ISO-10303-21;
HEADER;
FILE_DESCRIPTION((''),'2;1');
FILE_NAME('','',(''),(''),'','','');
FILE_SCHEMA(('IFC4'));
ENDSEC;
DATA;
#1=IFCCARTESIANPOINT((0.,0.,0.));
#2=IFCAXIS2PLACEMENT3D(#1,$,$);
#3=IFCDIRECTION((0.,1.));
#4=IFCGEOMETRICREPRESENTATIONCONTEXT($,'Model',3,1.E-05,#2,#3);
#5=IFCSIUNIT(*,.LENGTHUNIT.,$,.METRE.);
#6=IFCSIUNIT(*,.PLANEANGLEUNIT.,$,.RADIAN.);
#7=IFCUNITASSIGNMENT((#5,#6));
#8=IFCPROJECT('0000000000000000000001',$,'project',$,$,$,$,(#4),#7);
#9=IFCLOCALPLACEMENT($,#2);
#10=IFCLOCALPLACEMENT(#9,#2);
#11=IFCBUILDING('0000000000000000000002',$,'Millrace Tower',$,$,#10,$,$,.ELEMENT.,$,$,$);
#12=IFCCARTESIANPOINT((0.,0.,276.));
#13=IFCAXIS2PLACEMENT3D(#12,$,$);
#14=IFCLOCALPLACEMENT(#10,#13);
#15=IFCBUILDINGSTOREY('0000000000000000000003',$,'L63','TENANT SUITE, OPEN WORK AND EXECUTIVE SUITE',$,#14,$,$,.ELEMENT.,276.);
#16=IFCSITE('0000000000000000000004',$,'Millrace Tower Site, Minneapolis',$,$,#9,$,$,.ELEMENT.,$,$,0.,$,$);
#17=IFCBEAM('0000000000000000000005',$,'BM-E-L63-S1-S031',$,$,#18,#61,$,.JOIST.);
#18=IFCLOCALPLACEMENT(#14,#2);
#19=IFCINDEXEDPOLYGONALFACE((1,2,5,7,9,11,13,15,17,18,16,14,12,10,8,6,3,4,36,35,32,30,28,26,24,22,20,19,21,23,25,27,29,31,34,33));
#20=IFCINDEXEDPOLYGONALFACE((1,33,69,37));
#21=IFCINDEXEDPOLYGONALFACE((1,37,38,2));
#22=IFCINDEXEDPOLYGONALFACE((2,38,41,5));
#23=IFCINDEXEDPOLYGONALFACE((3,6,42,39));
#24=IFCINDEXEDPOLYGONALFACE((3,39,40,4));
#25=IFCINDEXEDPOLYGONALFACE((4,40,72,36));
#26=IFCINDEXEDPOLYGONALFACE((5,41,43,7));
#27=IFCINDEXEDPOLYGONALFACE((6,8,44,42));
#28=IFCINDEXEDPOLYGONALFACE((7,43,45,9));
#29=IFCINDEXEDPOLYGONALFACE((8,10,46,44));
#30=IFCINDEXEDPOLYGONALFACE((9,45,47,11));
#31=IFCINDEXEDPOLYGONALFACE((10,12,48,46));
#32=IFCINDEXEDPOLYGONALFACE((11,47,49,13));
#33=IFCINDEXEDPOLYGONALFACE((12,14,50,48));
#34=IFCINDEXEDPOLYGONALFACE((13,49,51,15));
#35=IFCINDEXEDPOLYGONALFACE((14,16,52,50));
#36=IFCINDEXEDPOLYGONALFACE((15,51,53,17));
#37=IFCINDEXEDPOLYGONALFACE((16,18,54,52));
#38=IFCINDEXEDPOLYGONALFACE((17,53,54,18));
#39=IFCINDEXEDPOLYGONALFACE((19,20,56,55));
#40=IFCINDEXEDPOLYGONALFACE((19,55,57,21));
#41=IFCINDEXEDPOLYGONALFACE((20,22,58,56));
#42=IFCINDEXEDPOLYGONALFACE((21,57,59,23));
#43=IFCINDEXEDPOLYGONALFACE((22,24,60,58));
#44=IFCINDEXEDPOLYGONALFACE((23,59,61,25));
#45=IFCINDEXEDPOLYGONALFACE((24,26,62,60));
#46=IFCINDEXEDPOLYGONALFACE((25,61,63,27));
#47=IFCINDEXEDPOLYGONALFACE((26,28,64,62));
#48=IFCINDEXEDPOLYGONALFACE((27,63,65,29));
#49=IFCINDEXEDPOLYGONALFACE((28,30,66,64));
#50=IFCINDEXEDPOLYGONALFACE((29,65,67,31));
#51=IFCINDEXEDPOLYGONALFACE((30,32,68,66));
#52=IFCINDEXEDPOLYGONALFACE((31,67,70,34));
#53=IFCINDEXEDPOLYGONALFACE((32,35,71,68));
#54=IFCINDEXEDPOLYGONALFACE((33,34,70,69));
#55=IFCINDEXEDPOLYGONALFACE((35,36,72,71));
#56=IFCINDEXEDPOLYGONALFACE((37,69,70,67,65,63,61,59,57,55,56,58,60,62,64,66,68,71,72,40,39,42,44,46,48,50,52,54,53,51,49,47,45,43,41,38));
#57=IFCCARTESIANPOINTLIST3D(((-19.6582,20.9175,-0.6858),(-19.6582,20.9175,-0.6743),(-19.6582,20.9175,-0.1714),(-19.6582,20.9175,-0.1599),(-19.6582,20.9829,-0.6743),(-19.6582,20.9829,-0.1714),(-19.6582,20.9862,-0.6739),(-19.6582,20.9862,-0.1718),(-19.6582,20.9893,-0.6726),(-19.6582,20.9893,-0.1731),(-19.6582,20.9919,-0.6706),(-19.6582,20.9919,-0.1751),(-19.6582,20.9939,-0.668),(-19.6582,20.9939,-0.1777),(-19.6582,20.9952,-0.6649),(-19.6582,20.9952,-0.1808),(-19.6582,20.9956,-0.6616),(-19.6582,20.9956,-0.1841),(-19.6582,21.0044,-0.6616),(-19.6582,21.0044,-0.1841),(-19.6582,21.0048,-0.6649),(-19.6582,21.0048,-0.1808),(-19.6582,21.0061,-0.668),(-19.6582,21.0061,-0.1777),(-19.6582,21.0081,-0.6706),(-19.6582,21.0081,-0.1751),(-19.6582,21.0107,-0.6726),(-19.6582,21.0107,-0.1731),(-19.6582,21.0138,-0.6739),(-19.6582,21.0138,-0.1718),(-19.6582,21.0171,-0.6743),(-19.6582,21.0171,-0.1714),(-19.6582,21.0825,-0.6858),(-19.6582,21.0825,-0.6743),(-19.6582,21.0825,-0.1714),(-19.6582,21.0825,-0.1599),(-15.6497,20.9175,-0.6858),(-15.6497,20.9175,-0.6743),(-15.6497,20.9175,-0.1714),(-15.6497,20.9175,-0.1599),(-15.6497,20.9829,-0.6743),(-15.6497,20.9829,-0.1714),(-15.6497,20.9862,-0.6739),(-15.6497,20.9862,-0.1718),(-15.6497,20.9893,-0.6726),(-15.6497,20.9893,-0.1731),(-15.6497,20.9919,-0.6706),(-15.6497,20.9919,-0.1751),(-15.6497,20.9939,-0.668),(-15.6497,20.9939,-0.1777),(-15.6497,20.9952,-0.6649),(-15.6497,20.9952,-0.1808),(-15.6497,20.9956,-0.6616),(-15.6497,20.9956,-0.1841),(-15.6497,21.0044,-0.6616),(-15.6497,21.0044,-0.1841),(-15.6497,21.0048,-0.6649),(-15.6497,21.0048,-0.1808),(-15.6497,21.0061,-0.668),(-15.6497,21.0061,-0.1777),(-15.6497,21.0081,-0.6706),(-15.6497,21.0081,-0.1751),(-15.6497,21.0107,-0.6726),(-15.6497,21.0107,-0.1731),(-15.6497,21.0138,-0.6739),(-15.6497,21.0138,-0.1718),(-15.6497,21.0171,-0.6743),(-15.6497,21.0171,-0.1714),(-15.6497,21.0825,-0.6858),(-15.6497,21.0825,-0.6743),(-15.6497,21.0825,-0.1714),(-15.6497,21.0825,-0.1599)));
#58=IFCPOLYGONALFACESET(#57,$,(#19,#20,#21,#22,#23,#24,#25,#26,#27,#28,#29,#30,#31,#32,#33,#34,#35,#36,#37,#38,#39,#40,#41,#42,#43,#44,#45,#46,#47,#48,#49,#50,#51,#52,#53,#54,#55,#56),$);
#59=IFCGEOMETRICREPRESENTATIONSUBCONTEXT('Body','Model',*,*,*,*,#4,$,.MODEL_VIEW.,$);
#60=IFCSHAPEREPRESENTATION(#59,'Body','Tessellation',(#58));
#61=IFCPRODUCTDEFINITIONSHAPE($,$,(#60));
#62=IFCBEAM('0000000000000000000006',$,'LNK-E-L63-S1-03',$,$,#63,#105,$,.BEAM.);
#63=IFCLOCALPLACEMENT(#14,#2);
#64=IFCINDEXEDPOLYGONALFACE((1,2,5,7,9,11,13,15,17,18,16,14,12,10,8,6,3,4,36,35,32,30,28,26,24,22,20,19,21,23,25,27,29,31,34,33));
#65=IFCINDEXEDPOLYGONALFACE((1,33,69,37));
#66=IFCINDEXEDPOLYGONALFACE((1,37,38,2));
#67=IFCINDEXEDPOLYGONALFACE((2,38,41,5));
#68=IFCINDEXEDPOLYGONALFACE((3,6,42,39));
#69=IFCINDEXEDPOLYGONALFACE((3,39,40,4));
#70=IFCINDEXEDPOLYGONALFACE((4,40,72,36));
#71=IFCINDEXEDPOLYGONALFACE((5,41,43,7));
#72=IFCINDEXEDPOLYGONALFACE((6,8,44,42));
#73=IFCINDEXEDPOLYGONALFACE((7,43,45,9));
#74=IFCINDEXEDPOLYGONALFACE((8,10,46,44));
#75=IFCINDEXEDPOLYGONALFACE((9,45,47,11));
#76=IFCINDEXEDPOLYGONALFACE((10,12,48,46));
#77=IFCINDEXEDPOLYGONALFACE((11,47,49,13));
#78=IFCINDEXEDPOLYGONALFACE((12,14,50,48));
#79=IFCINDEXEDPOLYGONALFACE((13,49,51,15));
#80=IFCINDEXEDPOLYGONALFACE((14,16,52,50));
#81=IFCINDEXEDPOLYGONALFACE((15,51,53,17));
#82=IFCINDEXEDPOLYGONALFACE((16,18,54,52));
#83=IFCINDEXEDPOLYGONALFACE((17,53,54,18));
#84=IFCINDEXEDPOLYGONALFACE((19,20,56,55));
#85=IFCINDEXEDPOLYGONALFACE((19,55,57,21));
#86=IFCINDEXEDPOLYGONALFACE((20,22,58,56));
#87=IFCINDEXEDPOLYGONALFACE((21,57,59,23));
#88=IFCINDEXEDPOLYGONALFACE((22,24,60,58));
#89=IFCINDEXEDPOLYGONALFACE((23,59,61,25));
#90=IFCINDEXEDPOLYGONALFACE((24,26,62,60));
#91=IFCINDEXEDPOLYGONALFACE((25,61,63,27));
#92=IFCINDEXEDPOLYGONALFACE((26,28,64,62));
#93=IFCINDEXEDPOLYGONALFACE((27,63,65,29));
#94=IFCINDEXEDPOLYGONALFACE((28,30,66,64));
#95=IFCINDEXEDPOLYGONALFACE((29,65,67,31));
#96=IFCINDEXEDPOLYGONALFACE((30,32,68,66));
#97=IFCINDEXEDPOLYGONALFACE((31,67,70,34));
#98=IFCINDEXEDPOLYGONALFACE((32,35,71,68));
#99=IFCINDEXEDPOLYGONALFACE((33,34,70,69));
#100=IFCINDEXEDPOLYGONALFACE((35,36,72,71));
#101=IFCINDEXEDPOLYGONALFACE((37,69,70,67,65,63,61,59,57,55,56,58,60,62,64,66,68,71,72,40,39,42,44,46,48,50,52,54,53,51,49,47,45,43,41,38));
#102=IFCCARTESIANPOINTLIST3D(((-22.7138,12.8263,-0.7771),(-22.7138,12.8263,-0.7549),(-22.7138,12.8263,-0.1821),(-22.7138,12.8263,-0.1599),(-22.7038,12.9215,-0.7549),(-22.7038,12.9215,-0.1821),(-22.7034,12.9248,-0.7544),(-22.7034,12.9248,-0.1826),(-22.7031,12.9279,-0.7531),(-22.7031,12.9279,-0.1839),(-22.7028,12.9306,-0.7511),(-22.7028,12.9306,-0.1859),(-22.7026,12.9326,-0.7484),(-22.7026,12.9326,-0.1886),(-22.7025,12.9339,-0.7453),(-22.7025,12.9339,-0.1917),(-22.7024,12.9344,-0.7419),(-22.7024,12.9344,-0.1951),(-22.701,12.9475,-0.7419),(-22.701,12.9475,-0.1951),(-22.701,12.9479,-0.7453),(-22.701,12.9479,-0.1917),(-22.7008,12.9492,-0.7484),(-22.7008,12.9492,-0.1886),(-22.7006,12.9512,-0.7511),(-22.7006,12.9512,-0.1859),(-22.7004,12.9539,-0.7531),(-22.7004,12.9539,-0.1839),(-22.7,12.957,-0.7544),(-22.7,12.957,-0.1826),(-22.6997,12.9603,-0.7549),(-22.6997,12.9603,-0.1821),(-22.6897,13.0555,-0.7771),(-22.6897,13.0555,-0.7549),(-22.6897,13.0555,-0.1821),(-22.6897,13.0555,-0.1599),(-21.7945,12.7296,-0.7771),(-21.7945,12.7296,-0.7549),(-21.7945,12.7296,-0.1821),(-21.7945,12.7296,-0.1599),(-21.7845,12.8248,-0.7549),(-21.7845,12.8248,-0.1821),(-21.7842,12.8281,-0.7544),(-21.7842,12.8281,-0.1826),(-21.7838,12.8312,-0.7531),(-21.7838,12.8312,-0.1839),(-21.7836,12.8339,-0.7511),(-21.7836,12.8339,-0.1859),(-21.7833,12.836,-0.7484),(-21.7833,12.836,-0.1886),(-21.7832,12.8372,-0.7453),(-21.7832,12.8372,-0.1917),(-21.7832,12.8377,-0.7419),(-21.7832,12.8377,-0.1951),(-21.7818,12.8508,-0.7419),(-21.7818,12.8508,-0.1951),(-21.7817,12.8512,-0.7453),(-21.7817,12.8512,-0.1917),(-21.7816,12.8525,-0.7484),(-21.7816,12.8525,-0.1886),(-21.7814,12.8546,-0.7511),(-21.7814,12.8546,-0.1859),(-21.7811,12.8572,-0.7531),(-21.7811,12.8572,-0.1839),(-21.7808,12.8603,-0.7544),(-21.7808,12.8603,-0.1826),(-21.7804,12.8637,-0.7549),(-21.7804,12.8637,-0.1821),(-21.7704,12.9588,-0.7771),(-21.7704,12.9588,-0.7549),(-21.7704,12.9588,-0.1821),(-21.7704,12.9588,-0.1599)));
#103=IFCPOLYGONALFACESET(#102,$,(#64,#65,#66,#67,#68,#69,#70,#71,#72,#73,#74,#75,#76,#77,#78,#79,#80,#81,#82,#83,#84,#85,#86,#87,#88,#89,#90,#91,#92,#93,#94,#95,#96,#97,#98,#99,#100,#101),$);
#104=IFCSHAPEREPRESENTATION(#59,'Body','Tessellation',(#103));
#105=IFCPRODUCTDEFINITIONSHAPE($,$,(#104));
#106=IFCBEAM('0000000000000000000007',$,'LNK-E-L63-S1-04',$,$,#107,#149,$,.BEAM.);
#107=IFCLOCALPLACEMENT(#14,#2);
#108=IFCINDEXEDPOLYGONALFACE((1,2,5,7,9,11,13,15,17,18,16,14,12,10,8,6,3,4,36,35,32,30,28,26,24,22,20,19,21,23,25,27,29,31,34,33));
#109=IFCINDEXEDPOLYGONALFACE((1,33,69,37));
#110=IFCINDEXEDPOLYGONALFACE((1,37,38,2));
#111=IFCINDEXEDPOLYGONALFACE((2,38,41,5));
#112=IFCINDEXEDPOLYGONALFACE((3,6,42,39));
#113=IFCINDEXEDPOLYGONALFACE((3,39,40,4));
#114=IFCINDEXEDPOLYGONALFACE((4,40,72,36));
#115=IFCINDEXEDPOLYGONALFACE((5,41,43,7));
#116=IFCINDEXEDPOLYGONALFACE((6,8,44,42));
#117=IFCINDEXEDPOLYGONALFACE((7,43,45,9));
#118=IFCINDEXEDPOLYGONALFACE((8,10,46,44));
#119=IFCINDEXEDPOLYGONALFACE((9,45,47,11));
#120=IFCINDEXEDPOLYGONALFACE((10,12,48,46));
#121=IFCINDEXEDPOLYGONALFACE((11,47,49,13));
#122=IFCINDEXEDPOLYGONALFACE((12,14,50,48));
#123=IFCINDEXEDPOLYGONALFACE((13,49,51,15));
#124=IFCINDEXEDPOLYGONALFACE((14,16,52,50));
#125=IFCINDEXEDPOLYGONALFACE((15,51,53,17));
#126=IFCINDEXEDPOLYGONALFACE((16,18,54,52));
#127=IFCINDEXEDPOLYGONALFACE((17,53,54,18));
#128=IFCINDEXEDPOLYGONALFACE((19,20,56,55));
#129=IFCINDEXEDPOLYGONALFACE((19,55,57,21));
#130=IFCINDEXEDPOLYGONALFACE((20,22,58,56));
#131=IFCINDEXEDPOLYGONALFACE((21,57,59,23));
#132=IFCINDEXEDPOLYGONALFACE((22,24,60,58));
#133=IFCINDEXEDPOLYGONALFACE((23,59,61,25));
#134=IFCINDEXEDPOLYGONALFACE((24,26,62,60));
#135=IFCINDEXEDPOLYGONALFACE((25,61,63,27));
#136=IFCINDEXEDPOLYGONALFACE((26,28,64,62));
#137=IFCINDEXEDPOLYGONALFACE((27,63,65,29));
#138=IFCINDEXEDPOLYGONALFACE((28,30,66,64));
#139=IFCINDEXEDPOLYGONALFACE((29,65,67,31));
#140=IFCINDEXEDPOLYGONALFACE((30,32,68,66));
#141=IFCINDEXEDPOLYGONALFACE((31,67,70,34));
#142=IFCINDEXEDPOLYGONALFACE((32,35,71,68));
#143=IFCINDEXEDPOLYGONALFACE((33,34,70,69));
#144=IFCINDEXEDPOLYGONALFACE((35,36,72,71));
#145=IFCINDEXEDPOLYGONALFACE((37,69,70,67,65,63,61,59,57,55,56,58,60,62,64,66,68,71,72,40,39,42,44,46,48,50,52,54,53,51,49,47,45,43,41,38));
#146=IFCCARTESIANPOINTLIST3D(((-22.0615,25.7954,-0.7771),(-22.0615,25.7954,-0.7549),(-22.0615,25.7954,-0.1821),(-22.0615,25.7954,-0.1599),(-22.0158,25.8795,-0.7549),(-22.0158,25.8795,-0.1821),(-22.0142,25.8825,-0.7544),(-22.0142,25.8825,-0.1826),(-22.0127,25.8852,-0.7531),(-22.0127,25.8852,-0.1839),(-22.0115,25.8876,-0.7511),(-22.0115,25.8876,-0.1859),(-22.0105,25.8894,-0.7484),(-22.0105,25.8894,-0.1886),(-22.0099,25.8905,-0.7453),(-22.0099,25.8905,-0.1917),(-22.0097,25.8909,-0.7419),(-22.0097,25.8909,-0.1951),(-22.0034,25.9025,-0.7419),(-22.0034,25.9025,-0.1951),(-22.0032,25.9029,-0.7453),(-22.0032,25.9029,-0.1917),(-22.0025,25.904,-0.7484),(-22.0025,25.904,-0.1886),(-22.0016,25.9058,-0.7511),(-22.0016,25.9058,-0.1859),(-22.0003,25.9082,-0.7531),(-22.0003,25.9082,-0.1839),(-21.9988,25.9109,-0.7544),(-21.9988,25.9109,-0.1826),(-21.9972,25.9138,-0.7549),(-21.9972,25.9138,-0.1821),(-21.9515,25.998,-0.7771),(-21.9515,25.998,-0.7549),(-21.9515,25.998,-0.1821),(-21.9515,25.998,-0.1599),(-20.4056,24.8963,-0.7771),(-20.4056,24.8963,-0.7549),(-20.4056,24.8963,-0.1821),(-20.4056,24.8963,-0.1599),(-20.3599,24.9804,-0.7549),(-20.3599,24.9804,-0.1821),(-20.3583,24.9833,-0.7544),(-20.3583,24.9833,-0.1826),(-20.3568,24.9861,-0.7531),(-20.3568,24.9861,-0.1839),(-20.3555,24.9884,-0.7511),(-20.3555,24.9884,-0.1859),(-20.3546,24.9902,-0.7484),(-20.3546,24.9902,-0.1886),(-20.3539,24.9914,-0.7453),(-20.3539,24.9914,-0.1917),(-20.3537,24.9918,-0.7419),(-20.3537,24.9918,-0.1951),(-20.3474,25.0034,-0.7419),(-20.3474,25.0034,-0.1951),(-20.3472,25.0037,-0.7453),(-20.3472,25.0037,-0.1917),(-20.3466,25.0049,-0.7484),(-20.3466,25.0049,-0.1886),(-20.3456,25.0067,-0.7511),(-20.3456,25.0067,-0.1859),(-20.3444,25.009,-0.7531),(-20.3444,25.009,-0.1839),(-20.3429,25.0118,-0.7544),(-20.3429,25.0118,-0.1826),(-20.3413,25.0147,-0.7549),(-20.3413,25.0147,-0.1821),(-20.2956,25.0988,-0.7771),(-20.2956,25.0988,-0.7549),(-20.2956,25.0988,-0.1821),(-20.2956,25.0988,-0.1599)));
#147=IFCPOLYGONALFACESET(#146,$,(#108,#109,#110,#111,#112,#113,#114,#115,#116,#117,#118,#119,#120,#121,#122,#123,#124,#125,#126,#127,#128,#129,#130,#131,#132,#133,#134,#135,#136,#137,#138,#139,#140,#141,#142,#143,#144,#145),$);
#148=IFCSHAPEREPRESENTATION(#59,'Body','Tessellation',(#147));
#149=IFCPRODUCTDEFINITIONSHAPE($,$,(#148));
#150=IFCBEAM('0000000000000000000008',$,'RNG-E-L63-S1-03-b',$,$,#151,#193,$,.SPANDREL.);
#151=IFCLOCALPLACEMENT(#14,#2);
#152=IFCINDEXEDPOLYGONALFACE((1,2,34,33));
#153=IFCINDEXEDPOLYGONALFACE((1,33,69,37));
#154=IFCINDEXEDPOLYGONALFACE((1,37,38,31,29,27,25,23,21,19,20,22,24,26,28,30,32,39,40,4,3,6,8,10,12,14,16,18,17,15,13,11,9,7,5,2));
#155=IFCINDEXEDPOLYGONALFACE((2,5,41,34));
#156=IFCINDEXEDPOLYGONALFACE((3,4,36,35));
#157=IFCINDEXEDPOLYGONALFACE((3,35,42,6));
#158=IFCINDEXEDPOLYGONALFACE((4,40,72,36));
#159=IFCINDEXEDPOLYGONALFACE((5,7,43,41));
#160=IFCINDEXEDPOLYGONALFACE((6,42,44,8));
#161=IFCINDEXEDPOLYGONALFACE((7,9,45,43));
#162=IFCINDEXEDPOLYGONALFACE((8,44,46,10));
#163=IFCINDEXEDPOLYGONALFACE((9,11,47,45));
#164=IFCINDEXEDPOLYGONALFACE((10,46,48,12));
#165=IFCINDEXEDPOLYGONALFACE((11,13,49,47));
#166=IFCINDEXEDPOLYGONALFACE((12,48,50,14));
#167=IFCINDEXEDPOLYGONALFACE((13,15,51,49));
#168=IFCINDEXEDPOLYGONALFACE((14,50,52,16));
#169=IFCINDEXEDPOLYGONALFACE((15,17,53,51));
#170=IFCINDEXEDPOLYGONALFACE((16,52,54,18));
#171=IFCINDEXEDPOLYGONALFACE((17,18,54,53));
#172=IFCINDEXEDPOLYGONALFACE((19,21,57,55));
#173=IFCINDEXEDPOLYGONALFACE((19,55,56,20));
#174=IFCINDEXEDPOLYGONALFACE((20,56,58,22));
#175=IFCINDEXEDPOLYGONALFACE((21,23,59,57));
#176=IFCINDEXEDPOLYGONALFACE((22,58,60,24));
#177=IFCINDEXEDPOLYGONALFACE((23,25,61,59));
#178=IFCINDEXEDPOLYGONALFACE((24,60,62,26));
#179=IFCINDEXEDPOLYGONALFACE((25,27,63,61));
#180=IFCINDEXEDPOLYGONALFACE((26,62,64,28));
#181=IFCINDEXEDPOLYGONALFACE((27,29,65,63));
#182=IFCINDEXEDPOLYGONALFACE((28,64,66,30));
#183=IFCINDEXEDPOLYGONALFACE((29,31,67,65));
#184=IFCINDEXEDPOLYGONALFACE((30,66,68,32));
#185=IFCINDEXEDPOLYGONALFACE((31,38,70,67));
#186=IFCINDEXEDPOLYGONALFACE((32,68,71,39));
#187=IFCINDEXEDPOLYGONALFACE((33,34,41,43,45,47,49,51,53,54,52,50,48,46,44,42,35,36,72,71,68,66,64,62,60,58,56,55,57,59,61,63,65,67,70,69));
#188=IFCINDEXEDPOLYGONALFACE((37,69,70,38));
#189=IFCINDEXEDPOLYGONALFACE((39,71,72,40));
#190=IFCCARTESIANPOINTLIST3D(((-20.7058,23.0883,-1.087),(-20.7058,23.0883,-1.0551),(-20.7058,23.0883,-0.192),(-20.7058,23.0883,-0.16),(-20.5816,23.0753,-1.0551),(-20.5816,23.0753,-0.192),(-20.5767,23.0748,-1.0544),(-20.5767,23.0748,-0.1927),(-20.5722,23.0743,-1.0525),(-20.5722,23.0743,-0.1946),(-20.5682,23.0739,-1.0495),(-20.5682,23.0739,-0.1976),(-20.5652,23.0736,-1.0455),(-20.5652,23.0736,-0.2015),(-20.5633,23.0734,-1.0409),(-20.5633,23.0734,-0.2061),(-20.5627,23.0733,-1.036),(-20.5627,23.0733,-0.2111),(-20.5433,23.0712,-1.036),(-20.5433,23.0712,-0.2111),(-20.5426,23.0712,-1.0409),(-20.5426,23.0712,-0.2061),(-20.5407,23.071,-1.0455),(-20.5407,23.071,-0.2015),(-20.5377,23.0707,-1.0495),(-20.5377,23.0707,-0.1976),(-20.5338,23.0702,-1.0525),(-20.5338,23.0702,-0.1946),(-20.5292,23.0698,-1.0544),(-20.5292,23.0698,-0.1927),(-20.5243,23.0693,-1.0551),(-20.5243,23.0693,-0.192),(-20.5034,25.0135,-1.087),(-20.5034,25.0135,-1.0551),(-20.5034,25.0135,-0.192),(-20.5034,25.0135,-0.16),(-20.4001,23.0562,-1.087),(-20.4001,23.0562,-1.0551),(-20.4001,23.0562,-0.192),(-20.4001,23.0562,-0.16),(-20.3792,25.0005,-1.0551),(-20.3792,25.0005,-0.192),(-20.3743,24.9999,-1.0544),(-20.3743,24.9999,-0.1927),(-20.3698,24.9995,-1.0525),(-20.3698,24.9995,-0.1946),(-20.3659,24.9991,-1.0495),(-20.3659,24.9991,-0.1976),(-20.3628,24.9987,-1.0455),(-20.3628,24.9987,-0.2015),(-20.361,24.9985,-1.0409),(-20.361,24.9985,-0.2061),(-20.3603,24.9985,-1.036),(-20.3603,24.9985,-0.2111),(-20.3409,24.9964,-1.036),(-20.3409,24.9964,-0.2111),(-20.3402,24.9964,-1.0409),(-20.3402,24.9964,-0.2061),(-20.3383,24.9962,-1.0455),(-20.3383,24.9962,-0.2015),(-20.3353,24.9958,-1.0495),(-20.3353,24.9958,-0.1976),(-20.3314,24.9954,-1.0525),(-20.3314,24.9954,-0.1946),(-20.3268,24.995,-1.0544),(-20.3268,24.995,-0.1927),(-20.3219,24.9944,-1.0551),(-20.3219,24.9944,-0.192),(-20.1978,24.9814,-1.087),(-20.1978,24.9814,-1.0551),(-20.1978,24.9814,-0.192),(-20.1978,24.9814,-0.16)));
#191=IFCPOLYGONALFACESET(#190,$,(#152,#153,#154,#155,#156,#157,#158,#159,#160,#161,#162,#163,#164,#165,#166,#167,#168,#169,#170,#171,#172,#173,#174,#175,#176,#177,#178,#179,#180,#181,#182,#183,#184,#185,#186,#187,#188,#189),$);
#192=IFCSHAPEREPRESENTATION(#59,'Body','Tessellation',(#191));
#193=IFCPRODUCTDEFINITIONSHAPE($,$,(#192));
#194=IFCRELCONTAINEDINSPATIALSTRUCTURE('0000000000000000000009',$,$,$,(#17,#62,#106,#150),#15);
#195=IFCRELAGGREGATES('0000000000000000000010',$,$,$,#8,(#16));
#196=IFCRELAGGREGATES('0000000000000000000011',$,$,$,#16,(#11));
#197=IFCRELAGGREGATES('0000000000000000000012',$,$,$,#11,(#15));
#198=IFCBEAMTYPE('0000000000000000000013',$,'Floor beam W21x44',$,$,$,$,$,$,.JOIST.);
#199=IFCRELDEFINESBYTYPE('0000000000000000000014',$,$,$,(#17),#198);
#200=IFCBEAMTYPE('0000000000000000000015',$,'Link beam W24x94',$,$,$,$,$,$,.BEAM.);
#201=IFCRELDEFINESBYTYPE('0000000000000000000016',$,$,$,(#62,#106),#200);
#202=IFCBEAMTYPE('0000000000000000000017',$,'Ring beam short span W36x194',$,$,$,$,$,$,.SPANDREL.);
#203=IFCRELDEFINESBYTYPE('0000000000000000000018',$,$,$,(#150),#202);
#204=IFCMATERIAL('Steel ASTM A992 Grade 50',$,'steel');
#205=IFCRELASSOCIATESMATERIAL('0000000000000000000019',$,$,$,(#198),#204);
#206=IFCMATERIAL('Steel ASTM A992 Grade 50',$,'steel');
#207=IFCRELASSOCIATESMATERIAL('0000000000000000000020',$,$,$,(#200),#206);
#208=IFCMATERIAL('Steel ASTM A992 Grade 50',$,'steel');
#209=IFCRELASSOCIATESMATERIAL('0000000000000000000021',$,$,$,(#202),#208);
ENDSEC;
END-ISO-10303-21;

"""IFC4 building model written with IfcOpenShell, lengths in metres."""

from ifc_helpers import new_model, si_unit, direction, frame, origin, origin_2d, place, context, subcontext, project, spatial, i_section, extrude, material, material_profile, profile_set, type_object, element, save


model = new_model("IFC4")

# Units and contexts
model_context = context("Model", 3, precision=1e-05, world=origin(), true_north=direction((0.0, 1.0)))
body_context = subcontext(model_context, "Body", "Model", "MODEL_VIEW")
ifc_project = project(units=[si_unit("LENGTHUNIT", "METRE"), si_unit("PLANEANGLEUNIT", "RADIAN")], contexts=[model_context])

# Site, building, storey
site_placement = place(None, origin())
site = spatial("IfcSite", under=ifc_project, at=site_placement, Name="Millrace Tower Site, Minneapolis", CompositionType="ELEMENT", RefElevation=0.0)
building_placement = place(site_placement, origin())
building = spatial("IfcBuilding", under=site, at=building_placement, Name="Millrace Tower", CompositionType="ELEMENT")
storey_placement = place(building_placement, frame((0.0, 0.0, 276.0)))
storey = spatial("IfcBuildingStorey", under=building, at=storey_placement, Name="L63", Description="TENANT SUITE, OPEN WORK AND EXECUTIVE SUITE", CompositionType="ELEMENT", Elevation=276.0)

# Beams
ifc_material_1 = material(Name="Steel ASTM A992 Grade 50", Category="steel")
ifc_material_profile_1 = material_profile(ifc_material_1, i_section(OverallWidth=0.165, OverallDepth=0.5259, WebThickness=0.0088, FlangeThickness=0.0115, FilletRadius=0.0127, at=origin_2d()))
ifc_profile_set_1 = profile_set([ifc_material_profile_1], Name="Steel ASTM A992 Grade 50")
beam_type_1 = type_object("IfcBeamType", Name="Floor beam W21x44", PredefinedType="JOIST", material=ifc_profile_set_1)
beam_1_placement = place(storey_placement, frame((-19.6582, 21.0, -0.4229), z_axis=(1.0, 0.0, 0.0), x_axis=(0.0, 1.0, 0.0)))
element("IfcBeam", 1, at=beam_1_placement, inside=storey, type_object=beam_type_1, Name="BM-E-L63-S1-S031", PredefinedType="JOIST", context=body_context, shape_type="SweptSolid", body=[
    extrude(i_section(OverallWidth=0.165, OverallDepth=0.5259, WebThickness=0.0088, FlangeThickness=0.0115, FilletRadius=0.0127, at=origin_2d()), origin(), (0.0, 0.0, 1.0), 4.0085),
])
ifc_material_2 = material(Name="Steel ASTM A992 Grade 50", Category="steel")
ifc_material_profile_2 = material_profile(ifc_material_2, i_section(OverallWidth=0.2305, OverallDepth=0.6172, WebThickness=0.0132, FlangeThickness=0.0222, FilletRadius=0.0129, at=origin_2d()))
ifc_profile_set_2 = profile_set([ifc_material_profile_2], Name="Steel ASTM A992 Grade 50")
beam_type_2 = type_object("IfcBeamType", Name="Link beam W24x94", PredefinedType="BEAM", material=ifc_profile_set_2)
beam_2_placement = place(storey_placement, frame((-21.7825, 12.8442, -0.4685), z_axis=(-0.994514, 0.104602, 0.0), x_axis=(-0.104602, -0.994514, 0.0)))
element("IfcBeam", 2, at=beam_2_placement, inside=storey, type_object=beam_type_2, Name="LNK-E-L63-S1-03", PredefinedType="BEAM", context=body_context, shape_type="SweptSolid", body=[
    extrude(i_section(OverallWidth=0.2305, OverallDepth=0.6172, WebThickness=0.0132, FlangeThickness=0.0222, FilletRadius=0.0129, at=origin_2d()), origin(), (0.0, 0.0, 1.0), 0.9243),
])
beam_3_placement = place(storey_placement, frame((-20.3506, 24.9976, -0.4685), z_axis=(-0.87881, 0.477172, 0.0), x_axis=(-0.477172, -0.87881, 0.0)))
element("IfcBeam", 3, at=beam_3_placement, inside=storey, type_object=beam_type_2, Name="LNK-E-L63-S1-04", PredefinedType="BEAM", context=body_context, shape_type="SweptSolid", body=[
    extrude(i_section(OverallWidth=0.2305, OverallDepth=0.6172, WebThickness=0.0132, FlangeThickness=0.0222, FilletRadius=0.0129, at=origin_2d()), origin(), (0.0, 0.0, 1.0), 1.8843),
])
ifc_material_3 = material(Name="Steel ASTM A992 Grade 50", Category="steel")
ifc_material_profile_3 = material_profile(ifc_material_3, i_section(OverallWidth=0.3074, OverallDepth=0.927, WebThickness=0.0195, FlangeThickness=0.032, FilletRadius=0.019, at=origin_2d()))
ifc_profile_set_3 = profile_set([ifc_material_profile_3], Name="Steel ASTM A992 Grade 50")
beam_type_3 = type_object("IfcBeamType", Name="Ring beam short span W36x194", PredefinedType="SPANDREL", material=ifc_profile_set_3)
beam_4_placement = place(storey_placement, frame((-20.553, 23.0723, -0.6235), z_axis=(0.104547, 0.99452, 0.0), x_axis=(-0.99452, 0.104547, 0.0)))
element("IfcBeam", 4, at=beam_4_placement, inside=storey, type_object=beam_type_3, Name="RNG-E-L63-S1-03-b", PredefinedType="SPANDREL", context=body_context, shape_type="SweptSolid", body=[
    extrude(i_section(OverallWidth=0.3074, OverallDepth=0.927, WebThickness=0.0195, FlangeThickness=0.032, FilletRadius=0.019, at=origin_2d()), origin(), (0.0, 0.0, 1.0), 1.9358),
])

save(model, "model.ifc")
